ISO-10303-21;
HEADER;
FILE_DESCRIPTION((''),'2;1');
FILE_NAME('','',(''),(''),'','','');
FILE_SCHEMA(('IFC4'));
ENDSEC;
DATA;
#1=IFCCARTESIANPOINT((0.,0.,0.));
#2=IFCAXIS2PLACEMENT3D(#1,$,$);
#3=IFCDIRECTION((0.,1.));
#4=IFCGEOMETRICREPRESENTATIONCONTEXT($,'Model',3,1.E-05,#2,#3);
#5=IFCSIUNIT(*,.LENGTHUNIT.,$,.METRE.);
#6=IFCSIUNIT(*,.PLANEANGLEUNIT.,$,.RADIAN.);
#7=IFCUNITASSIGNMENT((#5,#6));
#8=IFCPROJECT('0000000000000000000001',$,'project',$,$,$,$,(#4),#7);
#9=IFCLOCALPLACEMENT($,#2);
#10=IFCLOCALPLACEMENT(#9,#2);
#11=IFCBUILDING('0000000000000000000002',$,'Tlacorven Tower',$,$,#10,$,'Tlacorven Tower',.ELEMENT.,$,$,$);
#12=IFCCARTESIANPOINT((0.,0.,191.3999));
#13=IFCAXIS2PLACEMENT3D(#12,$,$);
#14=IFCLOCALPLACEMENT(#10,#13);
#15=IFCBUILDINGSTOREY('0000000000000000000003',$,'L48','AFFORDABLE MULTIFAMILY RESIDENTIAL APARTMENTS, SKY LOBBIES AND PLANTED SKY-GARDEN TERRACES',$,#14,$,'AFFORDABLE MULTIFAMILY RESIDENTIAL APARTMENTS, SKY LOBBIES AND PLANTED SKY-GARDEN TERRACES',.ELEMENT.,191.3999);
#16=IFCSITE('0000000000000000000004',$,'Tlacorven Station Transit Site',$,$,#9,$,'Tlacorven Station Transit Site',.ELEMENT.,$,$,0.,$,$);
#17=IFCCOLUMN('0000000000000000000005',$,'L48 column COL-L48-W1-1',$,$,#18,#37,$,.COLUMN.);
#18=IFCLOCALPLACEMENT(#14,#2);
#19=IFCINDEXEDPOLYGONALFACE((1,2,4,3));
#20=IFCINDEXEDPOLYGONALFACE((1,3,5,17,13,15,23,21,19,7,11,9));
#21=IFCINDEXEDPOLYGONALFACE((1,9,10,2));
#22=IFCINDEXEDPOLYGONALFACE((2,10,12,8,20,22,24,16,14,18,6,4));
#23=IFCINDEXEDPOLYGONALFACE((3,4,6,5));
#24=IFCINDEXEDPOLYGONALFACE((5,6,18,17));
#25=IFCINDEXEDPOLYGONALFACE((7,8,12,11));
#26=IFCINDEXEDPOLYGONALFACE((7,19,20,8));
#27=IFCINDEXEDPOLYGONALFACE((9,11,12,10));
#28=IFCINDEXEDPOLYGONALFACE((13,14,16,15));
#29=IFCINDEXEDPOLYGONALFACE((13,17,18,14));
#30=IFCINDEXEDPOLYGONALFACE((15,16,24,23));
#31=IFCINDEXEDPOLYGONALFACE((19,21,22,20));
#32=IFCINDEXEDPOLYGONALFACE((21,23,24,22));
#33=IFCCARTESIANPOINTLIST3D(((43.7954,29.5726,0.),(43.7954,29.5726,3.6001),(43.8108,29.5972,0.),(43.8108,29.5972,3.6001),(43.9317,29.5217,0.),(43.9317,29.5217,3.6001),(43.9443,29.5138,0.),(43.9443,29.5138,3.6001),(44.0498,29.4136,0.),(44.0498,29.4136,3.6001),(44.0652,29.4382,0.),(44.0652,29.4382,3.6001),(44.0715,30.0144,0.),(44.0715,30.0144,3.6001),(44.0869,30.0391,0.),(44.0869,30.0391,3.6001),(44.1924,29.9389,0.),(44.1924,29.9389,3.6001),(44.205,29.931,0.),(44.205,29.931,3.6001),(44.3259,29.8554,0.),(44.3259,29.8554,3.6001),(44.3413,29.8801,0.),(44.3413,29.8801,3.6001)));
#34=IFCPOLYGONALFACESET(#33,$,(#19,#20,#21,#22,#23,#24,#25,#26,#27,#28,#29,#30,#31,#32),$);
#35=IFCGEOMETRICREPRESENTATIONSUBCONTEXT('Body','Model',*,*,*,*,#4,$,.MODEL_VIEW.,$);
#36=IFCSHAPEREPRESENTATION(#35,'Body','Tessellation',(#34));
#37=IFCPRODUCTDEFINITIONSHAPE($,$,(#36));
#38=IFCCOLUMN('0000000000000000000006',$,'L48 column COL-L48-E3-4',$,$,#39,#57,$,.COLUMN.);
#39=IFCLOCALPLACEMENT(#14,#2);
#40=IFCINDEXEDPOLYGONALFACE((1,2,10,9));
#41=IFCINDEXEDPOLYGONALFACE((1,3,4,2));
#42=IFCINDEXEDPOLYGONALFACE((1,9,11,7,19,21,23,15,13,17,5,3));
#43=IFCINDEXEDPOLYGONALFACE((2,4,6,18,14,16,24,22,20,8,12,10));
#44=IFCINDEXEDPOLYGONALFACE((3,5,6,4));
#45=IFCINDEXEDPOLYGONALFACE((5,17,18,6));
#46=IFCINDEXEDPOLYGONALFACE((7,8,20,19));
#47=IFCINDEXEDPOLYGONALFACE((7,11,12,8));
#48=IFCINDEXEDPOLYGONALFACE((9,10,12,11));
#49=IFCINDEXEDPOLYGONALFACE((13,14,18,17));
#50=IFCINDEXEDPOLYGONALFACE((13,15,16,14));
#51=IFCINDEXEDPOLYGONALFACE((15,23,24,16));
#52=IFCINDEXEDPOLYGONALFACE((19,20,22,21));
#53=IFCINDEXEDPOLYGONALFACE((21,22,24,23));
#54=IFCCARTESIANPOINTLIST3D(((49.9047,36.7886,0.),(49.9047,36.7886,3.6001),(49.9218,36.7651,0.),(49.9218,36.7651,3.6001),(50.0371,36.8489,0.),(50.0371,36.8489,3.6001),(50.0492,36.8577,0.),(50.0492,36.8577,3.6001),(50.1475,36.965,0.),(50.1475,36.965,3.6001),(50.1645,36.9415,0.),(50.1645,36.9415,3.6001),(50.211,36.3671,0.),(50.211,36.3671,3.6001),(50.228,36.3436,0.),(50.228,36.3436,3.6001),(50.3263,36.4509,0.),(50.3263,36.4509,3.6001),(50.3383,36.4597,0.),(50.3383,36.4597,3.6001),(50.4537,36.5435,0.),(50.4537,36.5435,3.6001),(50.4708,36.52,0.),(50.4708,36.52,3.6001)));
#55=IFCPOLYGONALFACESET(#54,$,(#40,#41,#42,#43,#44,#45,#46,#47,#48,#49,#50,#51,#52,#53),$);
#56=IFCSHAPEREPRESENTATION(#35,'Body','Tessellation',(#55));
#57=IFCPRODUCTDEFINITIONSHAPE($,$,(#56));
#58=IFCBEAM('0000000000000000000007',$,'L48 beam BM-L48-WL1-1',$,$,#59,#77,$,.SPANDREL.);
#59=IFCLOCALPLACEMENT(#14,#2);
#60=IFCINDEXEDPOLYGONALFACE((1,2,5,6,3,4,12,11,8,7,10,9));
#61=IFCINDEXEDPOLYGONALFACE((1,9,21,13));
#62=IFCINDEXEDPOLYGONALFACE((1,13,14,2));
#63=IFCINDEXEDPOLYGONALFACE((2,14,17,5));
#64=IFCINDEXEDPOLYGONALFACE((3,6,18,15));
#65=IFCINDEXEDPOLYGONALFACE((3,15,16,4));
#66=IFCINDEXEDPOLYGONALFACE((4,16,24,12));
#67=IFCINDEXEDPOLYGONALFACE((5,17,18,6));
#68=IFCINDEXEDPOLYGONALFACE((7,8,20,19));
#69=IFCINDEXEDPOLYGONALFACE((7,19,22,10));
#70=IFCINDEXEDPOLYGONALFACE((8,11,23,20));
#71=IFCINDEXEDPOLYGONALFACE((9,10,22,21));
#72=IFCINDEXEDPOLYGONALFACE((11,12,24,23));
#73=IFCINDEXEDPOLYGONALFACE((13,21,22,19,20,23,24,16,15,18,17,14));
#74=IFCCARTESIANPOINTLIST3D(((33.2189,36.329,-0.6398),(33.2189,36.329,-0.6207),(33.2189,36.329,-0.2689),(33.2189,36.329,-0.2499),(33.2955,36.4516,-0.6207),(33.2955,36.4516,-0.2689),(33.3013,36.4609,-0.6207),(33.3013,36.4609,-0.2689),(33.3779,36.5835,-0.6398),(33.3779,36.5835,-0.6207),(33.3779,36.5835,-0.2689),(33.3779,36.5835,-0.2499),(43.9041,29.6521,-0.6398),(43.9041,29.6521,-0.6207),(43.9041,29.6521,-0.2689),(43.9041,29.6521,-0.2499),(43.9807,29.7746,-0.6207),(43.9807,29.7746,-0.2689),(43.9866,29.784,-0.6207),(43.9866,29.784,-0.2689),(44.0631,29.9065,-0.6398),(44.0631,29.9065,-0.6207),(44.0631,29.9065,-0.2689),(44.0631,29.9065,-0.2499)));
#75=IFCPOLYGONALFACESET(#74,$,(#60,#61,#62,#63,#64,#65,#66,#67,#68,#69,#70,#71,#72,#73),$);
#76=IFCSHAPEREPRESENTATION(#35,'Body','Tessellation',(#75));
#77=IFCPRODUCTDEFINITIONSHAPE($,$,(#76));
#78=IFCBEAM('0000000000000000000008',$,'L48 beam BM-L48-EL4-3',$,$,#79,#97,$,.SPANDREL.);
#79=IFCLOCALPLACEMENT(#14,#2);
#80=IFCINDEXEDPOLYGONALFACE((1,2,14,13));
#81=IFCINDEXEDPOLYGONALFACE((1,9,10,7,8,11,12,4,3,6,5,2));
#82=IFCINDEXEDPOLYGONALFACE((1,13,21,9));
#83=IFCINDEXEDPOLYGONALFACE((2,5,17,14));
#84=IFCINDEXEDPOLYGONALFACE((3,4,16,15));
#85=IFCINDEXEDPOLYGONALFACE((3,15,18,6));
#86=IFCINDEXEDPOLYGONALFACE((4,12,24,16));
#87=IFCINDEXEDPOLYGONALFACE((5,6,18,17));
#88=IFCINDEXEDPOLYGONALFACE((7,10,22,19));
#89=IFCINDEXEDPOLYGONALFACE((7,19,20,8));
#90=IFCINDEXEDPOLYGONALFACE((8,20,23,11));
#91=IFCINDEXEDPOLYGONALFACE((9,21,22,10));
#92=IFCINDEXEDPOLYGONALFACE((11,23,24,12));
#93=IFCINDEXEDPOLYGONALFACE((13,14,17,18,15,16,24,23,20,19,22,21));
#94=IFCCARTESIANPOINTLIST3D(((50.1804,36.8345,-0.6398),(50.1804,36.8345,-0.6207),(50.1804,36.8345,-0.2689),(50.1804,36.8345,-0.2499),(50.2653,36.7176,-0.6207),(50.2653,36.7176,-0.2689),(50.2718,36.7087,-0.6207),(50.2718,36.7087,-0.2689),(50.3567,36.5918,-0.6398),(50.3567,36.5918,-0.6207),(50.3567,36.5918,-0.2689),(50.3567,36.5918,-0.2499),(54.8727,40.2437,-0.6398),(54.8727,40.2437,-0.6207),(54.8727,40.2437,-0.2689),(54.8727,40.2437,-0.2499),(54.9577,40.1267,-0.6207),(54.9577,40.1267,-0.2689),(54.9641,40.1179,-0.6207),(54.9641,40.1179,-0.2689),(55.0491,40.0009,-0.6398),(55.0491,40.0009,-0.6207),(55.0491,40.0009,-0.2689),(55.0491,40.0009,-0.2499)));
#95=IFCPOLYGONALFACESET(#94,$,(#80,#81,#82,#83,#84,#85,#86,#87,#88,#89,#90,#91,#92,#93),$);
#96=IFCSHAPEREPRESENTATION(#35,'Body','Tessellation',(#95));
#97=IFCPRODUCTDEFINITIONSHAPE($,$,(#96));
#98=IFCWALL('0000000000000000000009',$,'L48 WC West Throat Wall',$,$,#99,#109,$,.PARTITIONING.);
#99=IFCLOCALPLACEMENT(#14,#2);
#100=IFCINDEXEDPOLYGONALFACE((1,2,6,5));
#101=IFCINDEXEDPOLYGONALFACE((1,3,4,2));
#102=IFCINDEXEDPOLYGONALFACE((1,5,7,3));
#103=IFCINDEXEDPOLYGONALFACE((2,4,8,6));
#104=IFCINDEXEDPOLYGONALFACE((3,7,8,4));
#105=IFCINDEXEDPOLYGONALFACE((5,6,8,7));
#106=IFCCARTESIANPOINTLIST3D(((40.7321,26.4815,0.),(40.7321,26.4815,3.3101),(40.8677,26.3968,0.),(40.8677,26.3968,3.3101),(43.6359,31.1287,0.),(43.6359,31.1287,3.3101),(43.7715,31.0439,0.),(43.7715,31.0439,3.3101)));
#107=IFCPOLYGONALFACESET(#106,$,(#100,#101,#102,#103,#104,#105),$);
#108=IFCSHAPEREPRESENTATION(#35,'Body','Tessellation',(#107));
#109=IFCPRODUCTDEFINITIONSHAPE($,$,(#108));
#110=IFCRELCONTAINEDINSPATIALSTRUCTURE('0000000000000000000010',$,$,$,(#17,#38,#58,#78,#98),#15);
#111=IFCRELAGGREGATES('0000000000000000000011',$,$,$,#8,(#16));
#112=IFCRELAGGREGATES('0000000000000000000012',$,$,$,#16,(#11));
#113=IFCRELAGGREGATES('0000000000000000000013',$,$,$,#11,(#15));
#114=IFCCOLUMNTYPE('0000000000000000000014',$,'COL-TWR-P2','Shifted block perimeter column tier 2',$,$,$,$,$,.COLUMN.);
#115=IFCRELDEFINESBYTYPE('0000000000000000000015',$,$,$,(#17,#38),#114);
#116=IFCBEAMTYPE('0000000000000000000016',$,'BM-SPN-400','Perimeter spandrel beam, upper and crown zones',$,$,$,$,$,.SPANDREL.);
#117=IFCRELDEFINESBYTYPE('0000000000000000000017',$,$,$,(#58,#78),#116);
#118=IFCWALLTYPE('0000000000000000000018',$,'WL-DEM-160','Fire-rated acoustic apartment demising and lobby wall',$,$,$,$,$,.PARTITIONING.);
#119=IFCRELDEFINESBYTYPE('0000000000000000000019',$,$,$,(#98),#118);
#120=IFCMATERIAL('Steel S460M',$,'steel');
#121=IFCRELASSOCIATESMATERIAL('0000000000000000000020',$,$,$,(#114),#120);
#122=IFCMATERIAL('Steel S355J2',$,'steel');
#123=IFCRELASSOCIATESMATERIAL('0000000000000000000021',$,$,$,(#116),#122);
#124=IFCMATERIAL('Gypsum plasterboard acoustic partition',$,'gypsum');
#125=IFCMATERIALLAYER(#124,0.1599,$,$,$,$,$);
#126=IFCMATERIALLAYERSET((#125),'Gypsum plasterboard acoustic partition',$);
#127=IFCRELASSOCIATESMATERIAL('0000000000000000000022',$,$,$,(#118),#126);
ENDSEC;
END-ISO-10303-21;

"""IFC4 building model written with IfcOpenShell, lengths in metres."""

from ifc_helpers import new_model, si_unit, direction, frame, frame_2d, origin, origin_2d, place, context, subcontext, project, spatial, rectangle, i_section, extrude, source, transform, mapped, material, layer, layer_set, material_profile, profile_set, type_object, element, save


model = new_model("IFC4")

# Units and contexts
model_context = context("Model", 3, precision=1e-05, world=origin(), true_north=direction((0.0, 1.0)))
body_context = subcontext(model_context, "Body", "Model", "MODEL_VIEW")
ifc_project = project(units=[si_unit("LENGTHUNIT", "METRE"), si_unit("PLANEANGLEUNIT", "RADIAN")], contexts=[model_context])

# Site, building, storey
site_placement = place(None, origin())
site = spatial("IfcSite", under=ifc_project, at=site_placement, Name="Tlacorven Station Transit Site", LongName="Tlacorven Station Transit Site", CompositionType="ELEMENT", RefElevation=0.0)
building_placement = place(site_placement, origin())
building = spatial("IfcBuilding", under=site, at=building_placement, Name="Tlacorven Tower", LongName="Tlacorven Tower", CompositionType="ELEMENT")
storey_placement = place(building_placement, frame((0.0, 0.0, 191.3999)))
storey = spatial("IfcBuildingStorey", under=building, at=storey_placement, Name="L48", Description="AFFORDABLE MULTIFAMILY RESIDENTIAL APARTMENTS, SKY LOBBIES AND PLANTED SKY-GARDEN TERRACES", LongName="AFFORDABLE MULTIFAMILY RESIDENTIAL APARTMENTS, SKY LOBBIES AND PLANTED SKY-GARDEN TERRACES", CompositionType="ELEMENT", Elevation=191.3999)

# Columns
ifc_material_1 = material(Name="Steel S460M", Category="steel")
ifc_material_profile_1 = material_profile(ifc_material_1, i_section(OverallWidth=0.3, OverallDepth=0.55, WebThickness=0.0149, FlangeThickness=0.0291, at=origin_2d()), Name="HEB 550")
ifc_profile_set_1 = profile_set([ifc_material_profile_1], Name="Steel S460M")
column_type = type_object("IfcColumnType", Name="COL-TWR-P2", Description="Shifted block perimeter column tier 2", PredefinedType="COLUMN", material=ifc_profile_set_1)
shared_shape_1 = source(origin(), body_context, "Body", "SweptSolid", [
    extrude(i_section(OverallWidth=0.3, OverallDepth=0.55, WebThickness=0.0149, FlangeThickness=0.0291, at=origin_2d()), origin(), (0.0, 0.0, 1.0), 3.6001),
])
for number, where, z_axis, x_axis, name in (
    (1, (44.0684, 29.7263, 0.0), (0.0, 0.0, 1.0), (-0.848048, 0.529919, 0.0), "L48 column COL-L48-W1-1"),
    (2, (50.1877, 36.6543, 0.0), (0.0, 0.0, 1.0), (0.809017, 0.587785, 0.0), "L48 column COL-L48-E3-4"),
):
    element("IfcColumn", number, at=place(storey_placement, frame(where, z_axis=z_axis, x_axis=x_axis)), inside=storey, type_object=column_type, Name=name, PredefinedType="COLUMN", context=body_context, shape_type="MappedRepresentation", body=[
        mapped(shared_shape_1, transform((0.0, 0.0, 0.0), scale=1.0)),
    ])

# Beams
ifc_material_2 = material(Name="Steel S355J2", Category="steel")
ifc_material_profile_2 = material_profile(ifc_material_2, i_section(OverallWidth=0.3, OverallDepth=0.3899, WebThickness=0.011, FlangeThickness=0.019, at=origin_2d()), Name="HEA 400")
ifc_profile_set_2 = profile_set([ifc_material_profile_2], Name="Steel S355J2")
beam_type = type_object("IfcBeamType", Name="BM-SPN-400", Description="Perimeter spandrel beam, upper and crown zones", PredefinedType="SPANDREL", material=ifc_profile_set_2)
shared_shape_2 = source(origin(), body_context, "Body", "SweptSolid", [
    extrude(i_section(OverallWidth=0.3, OverallDepth=0.3899, WebThickness=0.011, FlangeThickness=0.019, at=origin_2d()), origin(), (0.0, 0.0, 1.0), 12.5999),
])
beam_1_placement = place(storey_placement, frame((43.9836, 29.7793, -0.4448), z_axis=(-0.848045, 0.529924, 0.0), x_axis=(-0.529924, -0.848045, 0.0)))
element("IfcBeam", 3, at=beam_1_placement, inside=storey, type_object=beam_type, Name="L48 beam BM-L48-WL1-1", PredefinedType="SPANDREL", context=body_context, shape_type="MappedRepresentation", body=[
    mapped(shared_shape_2, transform((0.0, 0.0, 0.0), scale=1.0)),
])
shared_shape_3 = source(origin(), body_context, "Body", "SweptSolid", [
    extrude(i_section(OverallWidth=0.3, OverallDepth=0.3899, WebThickness=0.011, FlangeThickness=0.019, at=origin_2d()), origin(), (0.0, 0.0, 1.0), 5.8),
])
beam_2_placement = place(storey_placement, frame((50.2686, 36.7131, -0.4448), z_axis=(0.80902, 0.587781, 0.0), x_axis=(-0.587781, 0.80902, 0.0)))
element("IfcBeam", 4, at=beam_2_placement, inside=storey, type_object=beam_type, Name="L48 beam BM-L48-EL4-3", PredefinedType="SPANDREL", context=body_context, shape_type="MappedRepresentation", body=[
    mapped(shared_shape_3, transform((0.0, 0.0, 0.0), scale=1.0)),
])

# Wall
ifc_material_3 = material(Name="Gypsum plasterboard acoustic partition", Category="gypsum")
ifc_layer_1 = layer(ifc_material_3, 0.1599)
ifc_layer_set_1 = layer_set([ifc_layer_1], Name="Gypsum plasterboard acoustic partition")
wall_type_1 = type_object("IfcWallType", Name="WL-DEM-160", Description="Fire-rated acoustic apartment demising and lobby wall", PredefinedType="PARTITIONING", material=ifc_layer_set_1)
wall_1_placement = place(storey_placement, frame((43.7036, 31.0862, 0.0), z_axis=(0.0, 0.0, 1.0), x_axis=(-0.529907, -0.848056, 0.0)))
element("IfcWall", 5, at=wall_1_placement, inside=storey, type_object=wall_type_1, Name="L48 WC West Throat Wall", PredefinedType="PARTITIONING", context=body_context, shape_type="SweptSolid", body=[
    extrude(rectangle(XDim=5.4797, YDim=0.1599, at=frame_2d((2.7397, 0.0))), origin(), (0.0, 0.0, 1.0), 3.3101),
])

save(model, "model.ifc")
